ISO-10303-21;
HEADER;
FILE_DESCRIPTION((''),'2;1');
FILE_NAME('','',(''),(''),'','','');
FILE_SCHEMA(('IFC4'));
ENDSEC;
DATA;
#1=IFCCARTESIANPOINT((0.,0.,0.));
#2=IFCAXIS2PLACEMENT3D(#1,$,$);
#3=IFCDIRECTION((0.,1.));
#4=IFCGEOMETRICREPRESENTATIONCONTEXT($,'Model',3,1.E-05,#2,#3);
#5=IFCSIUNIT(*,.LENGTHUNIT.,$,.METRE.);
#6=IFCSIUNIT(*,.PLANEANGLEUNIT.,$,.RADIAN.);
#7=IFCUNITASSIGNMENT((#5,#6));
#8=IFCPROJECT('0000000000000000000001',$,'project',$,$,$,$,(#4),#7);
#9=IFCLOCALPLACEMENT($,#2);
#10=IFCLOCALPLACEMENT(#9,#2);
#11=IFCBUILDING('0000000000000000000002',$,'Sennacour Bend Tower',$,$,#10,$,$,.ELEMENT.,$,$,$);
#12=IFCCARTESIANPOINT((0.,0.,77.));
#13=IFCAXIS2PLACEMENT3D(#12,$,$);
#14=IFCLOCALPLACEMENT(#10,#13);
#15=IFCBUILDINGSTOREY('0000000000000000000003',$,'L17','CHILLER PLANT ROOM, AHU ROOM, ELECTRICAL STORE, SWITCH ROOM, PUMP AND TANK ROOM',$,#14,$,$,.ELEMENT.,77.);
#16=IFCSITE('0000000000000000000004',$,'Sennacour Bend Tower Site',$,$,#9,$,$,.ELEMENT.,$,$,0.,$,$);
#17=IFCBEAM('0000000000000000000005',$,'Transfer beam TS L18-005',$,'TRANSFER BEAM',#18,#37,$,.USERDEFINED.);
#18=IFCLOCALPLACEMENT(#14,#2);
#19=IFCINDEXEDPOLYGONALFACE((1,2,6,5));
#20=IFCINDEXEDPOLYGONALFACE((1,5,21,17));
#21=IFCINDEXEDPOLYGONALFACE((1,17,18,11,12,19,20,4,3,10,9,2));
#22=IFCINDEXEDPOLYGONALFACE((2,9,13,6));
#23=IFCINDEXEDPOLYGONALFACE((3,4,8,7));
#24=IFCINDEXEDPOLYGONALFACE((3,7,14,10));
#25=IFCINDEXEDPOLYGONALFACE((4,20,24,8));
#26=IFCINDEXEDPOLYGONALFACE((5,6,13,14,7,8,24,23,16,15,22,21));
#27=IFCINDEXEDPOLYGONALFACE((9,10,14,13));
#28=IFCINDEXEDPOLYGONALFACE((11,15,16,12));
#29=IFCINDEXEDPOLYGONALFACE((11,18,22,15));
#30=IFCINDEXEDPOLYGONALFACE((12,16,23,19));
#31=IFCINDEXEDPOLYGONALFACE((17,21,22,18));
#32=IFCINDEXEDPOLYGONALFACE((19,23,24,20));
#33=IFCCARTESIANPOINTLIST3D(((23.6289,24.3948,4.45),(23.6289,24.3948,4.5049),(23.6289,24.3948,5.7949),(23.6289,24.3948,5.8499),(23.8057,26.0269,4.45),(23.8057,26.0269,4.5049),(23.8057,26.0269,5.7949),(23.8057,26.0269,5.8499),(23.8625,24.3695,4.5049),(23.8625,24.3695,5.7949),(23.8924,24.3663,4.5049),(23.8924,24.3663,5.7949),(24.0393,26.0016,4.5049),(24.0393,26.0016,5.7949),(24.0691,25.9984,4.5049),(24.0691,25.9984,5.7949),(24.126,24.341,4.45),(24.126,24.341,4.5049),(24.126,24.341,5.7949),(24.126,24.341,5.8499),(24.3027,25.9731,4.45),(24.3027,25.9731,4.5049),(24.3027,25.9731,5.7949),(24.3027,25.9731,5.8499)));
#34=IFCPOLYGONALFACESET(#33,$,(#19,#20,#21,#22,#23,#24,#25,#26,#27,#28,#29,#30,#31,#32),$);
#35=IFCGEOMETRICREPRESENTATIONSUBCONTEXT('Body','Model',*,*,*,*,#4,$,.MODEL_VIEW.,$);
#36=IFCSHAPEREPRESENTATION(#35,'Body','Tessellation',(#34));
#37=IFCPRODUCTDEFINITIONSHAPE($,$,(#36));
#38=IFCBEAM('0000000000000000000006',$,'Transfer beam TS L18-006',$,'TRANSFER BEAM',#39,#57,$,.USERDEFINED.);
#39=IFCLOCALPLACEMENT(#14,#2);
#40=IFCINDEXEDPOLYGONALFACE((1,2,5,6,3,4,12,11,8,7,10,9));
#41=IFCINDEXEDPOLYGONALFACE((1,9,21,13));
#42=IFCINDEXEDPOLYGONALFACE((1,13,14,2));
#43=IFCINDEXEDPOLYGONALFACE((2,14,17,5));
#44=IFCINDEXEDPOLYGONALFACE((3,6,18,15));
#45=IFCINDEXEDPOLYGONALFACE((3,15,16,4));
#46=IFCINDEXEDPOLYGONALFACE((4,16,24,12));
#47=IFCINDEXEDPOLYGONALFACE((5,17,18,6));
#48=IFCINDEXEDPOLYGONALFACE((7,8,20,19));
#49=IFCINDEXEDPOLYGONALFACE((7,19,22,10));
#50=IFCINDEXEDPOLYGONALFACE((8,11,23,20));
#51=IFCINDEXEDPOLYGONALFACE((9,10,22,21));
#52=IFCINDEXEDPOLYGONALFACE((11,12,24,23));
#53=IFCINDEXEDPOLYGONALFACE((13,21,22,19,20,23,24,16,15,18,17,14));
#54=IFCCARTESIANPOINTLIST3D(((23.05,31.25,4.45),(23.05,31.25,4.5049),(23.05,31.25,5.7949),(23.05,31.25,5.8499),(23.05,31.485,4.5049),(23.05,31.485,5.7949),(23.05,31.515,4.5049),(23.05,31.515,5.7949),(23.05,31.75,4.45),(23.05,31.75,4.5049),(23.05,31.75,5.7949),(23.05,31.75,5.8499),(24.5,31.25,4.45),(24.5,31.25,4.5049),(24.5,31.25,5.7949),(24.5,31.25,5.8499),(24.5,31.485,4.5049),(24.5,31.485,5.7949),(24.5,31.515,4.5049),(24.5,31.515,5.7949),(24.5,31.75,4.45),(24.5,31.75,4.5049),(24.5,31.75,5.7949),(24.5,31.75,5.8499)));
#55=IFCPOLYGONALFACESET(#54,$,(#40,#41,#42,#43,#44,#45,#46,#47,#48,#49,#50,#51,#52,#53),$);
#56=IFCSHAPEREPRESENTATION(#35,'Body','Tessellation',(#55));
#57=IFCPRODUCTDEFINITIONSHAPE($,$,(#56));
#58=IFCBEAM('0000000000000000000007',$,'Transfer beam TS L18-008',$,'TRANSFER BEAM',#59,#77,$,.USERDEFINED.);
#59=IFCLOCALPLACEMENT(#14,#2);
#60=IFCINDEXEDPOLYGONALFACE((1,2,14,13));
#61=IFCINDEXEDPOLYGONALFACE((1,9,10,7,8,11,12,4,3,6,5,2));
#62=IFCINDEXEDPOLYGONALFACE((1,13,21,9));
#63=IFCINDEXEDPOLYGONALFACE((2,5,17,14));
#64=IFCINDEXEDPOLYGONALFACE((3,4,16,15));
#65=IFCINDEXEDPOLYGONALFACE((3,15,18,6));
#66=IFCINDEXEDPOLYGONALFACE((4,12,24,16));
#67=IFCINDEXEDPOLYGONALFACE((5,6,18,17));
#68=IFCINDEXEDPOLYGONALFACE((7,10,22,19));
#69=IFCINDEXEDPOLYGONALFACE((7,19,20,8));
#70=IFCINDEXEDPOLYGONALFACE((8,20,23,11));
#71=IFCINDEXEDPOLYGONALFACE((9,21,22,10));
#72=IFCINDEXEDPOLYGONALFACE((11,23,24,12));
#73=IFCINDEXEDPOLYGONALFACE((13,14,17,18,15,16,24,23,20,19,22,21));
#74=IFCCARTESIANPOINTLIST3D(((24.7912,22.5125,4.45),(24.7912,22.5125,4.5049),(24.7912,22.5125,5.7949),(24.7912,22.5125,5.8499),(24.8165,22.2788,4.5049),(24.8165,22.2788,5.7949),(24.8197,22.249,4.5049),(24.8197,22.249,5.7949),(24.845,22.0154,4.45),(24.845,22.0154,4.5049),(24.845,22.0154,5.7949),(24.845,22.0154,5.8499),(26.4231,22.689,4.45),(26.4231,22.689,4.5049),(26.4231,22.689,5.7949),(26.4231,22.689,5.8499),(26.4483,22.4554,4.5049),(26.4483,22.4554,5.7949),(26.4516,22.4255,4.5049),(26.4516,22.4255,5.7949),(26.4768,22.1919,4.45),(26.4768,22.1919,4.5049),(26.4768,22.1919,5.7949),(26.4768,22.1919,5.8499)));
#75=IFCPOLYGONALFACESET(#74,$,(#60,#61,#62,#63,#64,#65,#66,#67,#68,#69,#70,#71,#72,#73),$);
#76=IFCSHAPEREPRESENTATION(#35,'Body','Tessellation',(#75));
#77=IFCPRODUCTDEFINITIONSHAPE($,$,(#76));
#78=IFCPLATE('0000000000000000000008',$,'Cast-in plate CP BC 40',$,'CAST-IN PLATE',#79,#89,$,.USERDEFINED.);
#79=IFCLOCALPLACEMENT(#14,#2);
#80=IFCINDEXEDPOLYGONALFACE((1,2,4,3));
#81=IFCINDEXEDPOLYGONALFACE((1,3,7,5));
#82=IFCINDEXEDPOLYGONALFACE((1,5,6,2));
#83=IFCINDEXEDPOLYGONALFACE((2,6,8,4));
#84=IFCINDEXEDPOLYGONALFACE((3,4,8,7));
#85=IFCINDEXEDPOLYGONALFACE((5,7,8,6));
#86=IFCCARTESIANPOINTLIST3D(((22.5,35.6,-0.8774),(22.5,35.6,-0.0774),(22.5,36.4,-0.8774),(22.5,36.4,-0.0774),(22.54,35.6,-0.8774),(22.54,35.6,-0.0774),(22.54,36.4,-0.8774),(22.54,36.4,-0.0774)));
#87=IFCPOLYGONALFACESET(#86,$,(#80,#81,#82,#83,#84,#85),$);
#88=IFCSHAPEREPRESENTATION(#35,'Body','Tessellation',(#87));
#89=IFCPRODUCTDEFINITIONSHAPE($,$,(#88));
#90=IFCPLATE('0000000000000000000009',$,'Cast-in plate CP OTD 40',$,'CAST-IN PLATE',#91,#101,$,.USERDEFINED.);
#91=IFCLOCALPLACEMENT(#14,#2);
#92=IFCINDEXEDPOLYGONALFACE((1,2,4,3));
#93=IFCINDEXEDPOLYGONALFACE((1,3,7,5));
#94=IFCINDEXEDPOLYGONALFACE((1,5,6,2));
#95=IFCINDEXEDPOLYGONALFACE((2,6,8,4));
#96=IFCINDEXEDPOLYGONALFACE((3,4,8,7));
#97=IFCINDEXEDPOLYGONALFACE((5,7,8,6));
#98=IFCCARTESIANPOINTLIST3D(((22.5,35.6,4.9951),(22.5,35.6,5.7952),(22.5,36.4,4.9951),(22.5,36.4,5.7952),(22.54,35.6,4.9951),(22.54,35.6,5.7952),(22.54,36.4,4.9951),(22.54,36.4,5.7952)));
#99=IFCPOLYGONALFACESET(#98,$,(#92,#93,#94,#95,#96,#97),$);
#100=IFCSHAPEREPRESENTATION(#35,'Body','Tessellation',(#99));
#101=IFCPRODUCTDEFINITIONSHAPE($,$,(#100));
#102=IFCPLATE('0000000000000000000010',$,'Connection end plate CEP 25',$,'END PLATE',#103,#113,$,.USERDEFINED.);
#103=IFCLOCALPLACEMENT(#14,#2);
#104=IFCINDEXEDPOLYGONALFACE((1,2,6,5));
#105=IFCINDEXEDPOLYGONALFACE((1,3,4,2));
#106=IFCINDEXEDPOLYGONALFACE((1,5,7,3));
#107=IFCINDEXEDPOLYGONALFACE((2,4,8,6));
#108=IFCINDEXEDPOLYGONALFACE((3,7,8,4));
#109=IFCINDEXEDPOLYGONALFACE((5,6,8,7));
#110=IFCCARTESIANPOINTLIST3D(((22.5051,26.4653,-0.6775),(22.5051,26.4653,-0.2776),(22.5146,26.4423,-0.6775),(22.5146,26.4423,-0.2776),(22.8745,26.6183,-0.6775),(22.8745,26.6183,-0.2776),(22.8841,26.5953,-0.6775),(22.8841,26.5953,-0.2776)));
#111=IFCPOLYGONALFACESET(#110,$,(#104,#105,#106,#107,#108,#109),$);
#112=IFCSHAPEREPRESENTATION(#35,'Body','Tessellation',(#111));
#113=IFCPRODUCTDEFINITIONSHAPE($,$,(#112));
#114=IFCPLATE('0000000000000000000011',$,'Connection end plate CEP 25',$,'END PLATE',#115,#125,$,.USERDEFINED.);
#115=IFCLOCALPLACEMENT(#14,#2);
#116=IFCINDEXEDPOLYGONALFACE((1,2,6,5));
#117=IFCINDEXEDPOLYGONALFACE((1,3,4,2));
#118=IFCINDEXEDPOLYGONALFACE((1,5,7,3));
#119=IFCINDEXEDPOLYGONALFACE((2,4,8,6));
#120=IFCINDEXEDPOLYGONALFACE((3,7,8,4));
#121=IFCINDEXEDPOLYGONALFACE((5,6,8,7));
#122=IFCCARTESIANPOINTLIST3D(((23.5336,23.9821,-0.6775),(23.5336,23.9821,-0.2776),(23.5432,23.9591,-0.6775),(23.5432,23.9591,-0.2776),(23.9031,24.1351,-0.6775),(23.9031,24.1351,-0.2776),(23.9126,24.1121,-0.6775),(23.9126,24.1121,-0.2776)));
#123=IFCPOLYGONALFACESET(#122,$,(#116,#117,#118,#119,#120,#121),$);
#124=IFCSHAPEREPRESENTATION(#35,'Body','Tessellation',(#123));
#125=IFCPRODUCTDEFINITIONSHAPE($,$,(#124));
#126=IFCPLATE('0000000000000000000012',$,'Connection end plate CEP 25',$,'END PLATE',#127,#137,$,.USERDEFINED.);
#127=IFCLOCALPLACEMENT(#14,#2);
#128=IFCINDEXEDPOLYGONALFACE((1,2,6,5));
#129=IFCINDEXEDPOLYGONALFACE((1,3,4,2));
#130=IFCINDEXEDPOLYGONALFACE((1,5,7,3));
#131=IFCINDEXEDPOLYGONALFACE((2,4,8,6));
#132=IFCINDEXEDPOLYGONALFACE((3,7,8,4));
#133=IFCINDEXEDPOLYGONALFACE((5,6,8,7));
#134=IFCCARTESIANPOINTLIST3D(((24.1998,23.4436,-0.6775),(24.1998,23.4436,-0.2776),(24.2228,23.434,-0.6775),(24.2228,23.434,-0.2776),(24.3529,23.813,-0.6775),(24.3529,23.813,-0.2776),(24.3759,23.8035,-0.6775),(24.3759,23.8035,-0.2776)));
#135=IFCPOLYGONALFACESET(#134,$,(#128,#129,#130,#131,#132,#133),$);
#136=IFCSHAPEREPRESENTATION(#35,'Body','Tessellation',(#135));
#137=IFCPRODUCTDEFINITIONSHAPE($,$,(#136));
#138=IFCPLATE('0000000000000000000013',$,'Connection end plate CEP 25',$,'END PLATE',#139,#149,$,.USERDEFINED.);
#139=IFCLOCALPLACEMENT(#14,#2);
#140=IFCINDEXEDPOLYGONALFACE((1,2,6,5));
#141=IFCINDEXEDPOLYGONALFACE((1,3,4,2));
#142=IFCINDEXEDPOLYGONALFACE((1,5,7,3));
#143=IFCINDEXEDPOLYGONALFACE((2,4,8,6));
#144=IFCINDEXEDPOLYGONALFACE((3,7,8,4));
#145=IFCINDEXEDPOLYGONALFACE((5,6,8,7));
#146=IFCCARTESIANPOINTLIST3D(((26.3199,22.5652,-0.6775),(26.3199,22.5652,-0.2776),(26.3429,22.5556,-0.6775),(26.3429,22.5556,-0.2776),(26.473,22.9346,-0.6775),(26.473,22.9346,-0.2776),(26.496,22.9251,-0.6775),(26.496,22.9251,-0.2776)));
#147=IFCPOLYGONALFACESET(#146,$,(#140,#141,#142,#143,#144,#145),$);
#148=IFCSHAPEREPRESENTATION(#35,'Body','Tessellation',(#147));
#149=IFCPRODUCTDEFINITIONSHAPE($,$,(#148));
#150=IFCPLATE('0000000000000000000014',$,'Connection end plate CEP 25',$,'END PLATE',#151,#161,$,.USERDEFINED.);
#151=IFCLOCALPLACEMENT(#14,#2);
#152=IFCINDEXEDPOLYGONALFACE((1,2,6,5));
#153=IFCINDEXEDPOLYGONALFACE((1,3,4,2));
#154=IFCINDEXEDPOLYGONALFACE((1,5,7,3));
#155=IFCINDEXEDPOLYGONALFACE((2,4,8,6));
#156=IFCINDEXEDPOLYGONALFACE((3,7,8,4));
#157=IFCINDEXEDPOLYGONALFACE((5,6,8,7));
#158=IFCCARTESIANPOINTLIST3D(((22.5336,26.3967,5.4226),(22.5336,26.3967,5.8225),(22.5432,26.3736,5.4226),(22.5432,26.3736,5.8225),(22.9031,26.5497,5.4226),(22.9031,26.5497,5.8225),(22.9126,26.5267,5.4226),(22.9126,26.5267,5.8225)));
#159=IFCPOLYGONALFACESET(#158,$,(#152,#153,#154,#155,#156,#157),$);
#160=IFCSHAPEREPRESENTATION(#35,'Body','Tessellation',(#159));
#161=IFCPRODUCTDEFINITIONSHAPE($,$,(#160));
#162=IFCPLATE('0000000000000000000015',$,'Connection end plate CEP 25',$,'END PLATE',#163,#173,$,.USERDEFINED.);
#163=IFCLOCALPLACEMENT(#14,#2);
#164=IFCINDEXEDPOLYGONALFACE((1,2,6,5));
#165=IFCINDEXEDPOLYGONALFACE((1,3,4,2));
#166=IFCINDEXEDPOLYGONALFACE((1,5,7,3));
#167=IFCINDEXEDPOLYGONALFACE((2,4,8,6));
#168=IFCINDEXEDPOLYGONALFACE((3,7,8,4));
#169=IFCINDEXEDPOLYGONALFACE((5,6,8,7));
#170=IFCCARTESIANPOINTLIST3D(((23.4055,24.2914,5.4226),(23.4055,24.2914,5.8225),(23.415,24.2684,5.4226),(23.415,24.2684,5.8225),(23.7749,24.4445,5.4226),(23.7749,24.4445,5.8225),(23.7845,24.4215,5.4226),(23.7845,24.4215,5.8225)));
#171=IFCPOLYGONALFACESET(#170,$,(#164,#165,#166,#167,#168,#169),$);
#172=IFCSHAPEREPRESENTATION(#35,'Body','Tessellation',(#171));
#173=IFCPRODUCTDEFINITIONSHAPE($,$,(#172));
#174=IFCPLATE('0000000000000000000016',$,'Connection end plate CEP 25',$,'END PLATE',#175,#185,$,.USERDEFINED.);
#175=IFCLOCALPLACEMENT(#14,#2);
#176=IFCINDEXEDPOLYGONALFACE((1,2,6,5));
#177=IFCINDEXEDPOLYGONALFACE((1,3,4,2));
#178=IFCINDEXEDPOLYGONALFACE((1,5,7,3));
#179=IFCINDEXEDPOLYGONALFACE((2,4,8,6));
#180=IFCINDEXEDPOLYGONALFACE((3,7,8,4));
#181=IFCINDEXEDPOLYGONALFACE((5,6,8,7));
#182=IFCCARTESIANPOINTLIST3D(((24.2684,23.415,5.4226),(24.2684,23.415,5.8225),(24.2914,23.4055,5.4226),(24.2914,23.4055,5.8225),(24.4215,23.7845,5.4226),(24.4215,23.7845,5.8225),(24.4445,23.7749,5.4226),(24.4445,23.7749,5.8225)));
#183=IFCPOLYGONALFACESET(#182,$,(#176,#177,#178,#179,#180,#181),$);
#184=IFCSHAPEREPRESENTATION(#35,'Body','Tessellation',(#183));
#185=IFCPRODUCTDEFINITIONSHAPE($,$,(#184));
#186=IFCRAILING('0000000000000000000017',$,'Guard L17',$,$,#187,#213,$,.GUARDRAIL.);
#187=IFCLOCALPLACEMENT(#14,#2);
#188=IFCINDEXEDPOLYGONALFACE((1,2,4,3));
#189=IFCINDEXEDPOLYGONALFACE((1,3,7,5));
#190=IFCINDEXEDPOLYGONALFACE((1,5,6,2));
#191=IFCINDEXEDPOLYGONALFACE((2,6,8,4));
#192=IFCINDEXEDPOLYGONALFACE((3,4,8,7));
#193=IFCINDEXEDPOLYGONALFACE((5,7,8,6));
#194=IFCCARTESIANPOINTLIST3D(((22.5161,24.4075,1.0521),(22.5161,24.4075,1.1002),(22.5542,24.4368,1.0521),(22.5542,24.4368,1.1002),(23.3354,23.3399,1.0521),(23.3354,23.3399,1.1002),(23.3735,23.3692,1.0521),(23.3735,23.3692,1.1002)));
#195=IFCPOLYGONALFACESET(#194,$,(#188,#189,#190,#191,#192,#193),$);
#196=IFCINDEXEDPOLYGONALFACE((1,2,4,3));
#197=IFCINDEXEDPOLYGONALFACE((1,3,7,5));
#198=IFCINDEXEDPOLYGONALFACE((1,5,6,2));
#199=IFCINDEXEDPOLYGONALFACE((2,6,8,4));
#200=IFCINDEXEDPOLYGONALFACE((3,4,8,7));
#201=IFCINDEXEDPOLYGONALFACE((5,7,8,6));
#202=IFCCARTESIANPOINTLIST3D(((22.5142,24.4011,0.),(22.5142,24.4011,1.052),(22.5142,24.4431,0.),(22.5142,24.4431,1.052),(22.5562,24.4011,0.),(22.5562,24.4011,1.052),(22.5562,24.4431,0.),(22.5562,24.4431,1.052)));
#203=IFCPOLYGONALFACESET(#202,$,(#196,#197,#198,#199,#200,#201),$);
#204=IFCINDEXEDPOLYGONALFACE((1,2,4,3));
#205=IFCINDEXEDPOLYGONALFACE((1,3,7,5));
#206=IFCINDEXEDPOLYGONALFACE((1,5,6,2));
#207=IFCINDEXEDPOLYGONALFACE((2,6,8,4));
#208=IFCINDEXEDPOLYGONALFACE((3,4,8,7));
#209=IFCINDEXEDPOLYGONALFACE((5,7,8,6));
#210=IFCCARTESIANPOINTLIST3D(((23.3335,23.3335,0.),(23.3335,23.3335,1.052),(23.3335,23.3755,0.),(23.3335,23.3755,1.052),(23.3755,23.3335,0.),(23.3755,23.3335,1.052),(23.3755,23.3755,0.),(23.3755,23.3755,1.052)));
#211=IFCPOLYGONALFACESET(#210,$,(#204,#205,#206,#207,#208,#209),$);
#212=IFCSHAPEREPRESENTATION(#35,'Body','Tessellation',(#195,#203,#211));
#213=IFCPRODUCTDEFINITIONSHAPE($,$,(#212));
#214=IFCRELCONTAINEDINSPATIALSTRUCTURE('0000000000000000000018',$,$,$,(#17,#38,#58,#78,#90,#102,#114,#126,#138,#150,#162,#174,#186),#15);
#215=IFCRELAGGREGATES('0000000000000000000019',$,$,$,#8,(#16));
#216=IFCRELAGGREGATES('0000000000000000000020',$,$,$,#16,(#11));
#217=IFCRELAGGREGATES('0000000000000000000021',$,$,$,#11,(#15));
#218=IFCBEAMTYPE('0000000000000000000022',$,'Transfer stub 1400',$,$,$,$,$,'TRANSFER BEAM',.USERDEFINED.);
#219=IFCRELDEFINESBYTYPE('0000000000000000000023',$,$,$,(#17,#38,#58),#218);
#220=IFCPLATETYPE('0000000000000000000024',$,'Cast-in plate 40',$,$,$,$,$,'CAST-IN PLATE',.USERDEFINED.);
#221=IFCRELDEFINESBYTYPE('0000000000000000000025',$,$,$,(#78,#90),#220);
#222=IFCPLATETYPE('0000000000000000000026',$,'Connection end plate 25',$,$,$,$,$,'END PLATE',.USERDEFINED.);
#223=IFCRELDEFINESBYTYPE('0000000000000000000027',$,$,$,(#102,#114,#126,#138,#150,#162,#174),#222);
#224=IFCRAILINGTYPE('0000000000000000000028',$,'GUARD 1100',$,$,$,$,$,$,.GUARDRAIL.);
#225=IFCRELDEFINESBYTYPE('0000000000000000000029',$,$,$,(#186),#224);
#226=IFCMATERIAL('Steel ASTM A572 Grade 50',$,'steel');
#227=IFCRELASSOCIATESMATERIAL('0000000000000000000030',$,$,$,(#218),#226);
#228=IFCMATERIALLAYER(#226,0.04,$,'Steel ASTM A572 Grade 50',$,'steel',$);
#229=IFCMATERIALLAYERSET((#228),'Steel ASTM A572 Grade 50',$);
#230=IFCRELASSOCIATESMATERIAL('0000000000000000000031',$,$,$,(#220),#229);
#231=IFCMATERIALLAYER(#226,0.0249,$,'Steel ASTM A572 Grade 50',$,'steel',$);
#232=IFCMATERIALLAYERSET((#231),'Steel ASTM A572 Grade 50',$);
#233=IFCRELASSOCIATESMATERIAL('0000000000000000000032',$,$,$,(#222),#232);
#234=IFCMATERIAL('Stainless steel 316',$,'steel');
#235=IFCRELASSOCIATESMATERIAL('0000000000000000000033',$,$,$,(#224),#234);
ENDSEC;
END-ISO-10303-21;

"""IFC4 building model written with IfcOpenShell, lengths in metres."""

from ifc_helpers import new_model, si_unit, direction, frame, origin, origin_2d, place, context, subcontext, project, spatial, rectangle, i_section, extrude, material, layer, layer_set, material_profile, profile_set, type_object, element, save


model = new_model("IFC4")

# Units and contexts
model_context = context("Model", 3, precision=1e-05, world=origin(), true_north=direction((0.0, 1.0)))
body_context = subcontext(model_context, "Body", "Model", "MODEL_VIEW")
ifc_project = project(units=[si_unit("LENGTHUNIT", "METRE"), si_unit("PLANEANGLEUNIT", "RADIAN")], contexts=[model_context])

# Site, building, storey
site_placement = place(None, origin())
site = spatial("IfcSite", under=ifc_project, at=site_placement, Name="Sennacour Bend Tower Site", CompositionType="ELEMENT", RefElevation=0.0)
building_placement = place(site_placement, origin())
building = spatial("IfcBuilding", under=site, at=building_placement, Name="Sennacour Bend Tower", CompositionType="ELEMENT")
storey_placement = place(building_placement, frame((0.0, 0.0, 77.0)))
storey = spatial("IfcBuildingStorey", under=building, at=storey_placement, Name="L17", Description="CHILLER PLANT ROOM, AHU ROOM, ELECTRICAL STORE, SWITCH ROOM, PUMP AND TANK ROOM", CompositionType="ELEMENT", Elevation=77.0)

# Shared definitions
ifc_material_1 = material(Name="Steel ASTM A572 Grade 50", Category="steel")

# Beams
ifc_material_profile_1 = material_profile(ifc_material_1, i_section(OverallWidth=0.5, OverallDepth=1.3999, WebThickness=0.03, FlangeThickness=0.0549, at=origin_2d()), Name="Steel ASTM A572 Grade 50", Category="steel")
ifc_profile_set_1 = profile_set([ifc_material_profile_1], Name="Steel ASTM A572 Grade 50")
beam_type_1 = type_object("IfcBeamType", Name="Transfer stub 1400", ElementType="TRANSFER BEAM", PredefinedType="USERDEFINED", material=ifc_profile_set_1)
beam_1_placement = place(storey_placement, frame((23.8774, 24.3679, 5.1499), z_axis=(0.107673, 0.994186, 0.0), x_axis=(-0.994186, 0.107673, 0.0)))
element("IfcBeam", 1, at=beam_1_placement, inside=storey, type_object=beam_type_1, Name="Transfer beam TS L18-005", ObjectType="TRANSFER BEAM", PredefinedType="USERDEFINED", context=body_context, shape_type="SweptSolid", body=[
    extrude(i_section(OverallWidth=0.5, OverallDepth=1.3999, WebThickness=0.03, FlangeThickness=0.0549, at=origin_2d()), origin(), (0.0, 0.0, 1.0), 1.6416),
])
beam_2_placement = place(storey_placement, frame((23.05, 31.5, 5.1499), z_axis=(1.0, 0.0, 0.0), x_axis=(0.0, 1.0, 0.0)))
element("IfcBeam", 2, at=beam_2_placement, inside=storey, type_object=beam_type_1, Name="Transfer beam TS L18-006", ObjectType="TRANSFER BEAM", PredefinedType="USERDEFINED", context=body_context, shape_type="SweptSolid", body=[
    extrude(i_section(OverallWidth=0.5, OverallDepth=1.3999, WebThickness=0.03, FlangeThickness=0.0549, at=origin_2d()), origin(), (0.0, 0.0, 1.0), 1.45),
])
beam_3_placement = place(storey_placement, frame((26.45, 22.4404, 5.1499), z_axis=(-0.994201, -0.107541, 0.0), x_axis=(0.107541, -0.994201, 0.0)))
element("IfcBeam", 3, at=beam_3_placement, inside=storey, type_object=beam_type_1, Name="Transfer beam TS L18-008", ObjectType="TRANSFER BEAM", PredefinedType="USERDEFINED", context=body_context, shape_type="SweptSolid", body=[
    extrude(i_section(OverallWidth=0.5, OverallDepth=1.3999, WebThickness=0.03, FlangeThickness=0.0549, at=origin_2d()), origin(), (0.0, 0.0, 1.0), 1.6414),
])

# Plates
ifc_layer_1 = layer(ifc_material_1, 0.04, Name="Steel ASTM A572 Grade 50", Category="steel")
ifc_layer_set_1 = layer_set([ifc_layer_1], Name="Steel ASTM A572 Grade 50")
plate_type_1 = type_object("IfcPlateType", Name="Cast-in plate 40", ElementType="CAST-IN PLATE", PredefinedType="USERDEFINED", material=ifc_layer_set_1)
for number, where, z_axis, x_axis, name in (
    (4, (22.52, 36.0, -0.8774), (0.0, 0.0, 1.0), (1.0, 0.0, 0.0), "Cast-in plate CP BC 40"),
    (5, (22.52, 36.0, 4.9951), (0.0, 0.0, 1.0), (1.0, 0.0, 0.0), "Cast-in plate CP OTD 40"),
):
    element("IfcPlate", number, at=place(storey_placement, frame(where, z_axis=z_axis, x_axis=x_axis)), inside=storey, type_object=plate_type_1, Name=name, ObjectType="CAST-IN PLATE", PredefinedType="USERDEFINED", context=body_context, shape_type="SweptSolid", body=[
        extrude(rectangle(XDim=0.04, YDim=0.8, at=origin_2d()), origin(), (0.0, 0.0, 1.0), 0.8),
    ])
ifc_layer_2 = layer(ifc_material_1, 0.0249, Name="Steel ASTM A572 Grade 50", Category="steel")
ifc_layer_set_2 = layer_set([ifc_layer_2], Name="Steel ASTM A572 Grade 50")
plate_type_2 = type_object("IfcPlateType", Name="Connection end plate 25", ElementType="END PLATE", PredefinedType="USERDEFINED", material=ifc_layer_set_2)
for number, where, z_axis, x_axis, name in (
    (6, (22.6946, 26.5303, -0.6775), (0.0, 0.0, 1.0), (-0.382683, 0.92388, 0.0), "Connection end plate CEP 25"),
    (7, (23.7231, 24.0471, -0.6775), (0.0, 0.0, 1.0), (0.382683, -0.92388, 0.0), "Connection end plate CEP 25"),
    (8, (24.2878, 23.6235, -0.6775), (0.0, 0.0, 1.0), (-0.92388, 0.382683, 0.0), "Connection end plate CEP 25"),
    (9, (26.408, 22.7451, -0.6775), (0.0, 0.0, 1.0), (0.92388, -0.382683, 0.0), "Connection end plate CEP 25"),
    (10, (22.7231, 26.4617, 5.4226), (0.0, 0.0, 1.0), (-0.382683, 0.92388, 0.0), "Connection end plate CEP 25"),
    (11, (23.595, 24.3564, 5.4226), (0.0, 0.0, 1.0), (0.382683, -0.92388, 0.0), "Connection end plate CEP 25"),
    (12, (24.3564, 23.595, 5.4226), (0.0, 0.0, 1.0), (-0.92388, 0.382683, 0.0), "Connection end plate CEP 25"),
):
    element("IfcPlate", number, at=place(storey_placement, frame(where, z_axis=z_axis, x_axis=x_axis)), inside=storey, type_object=plate_type_2, Name=name, ObjectType="END PLATE", PredefinedType="USERDEFINED", context=body_context, shape_type="SweptSolid", body=[
        extrude(rectangle(XDim=0.0249, YDim=0.3999, at=origin_2d()), origin(), (0.0, 0.0, 1.0), 0.3999),
    ])

# Railing
ifc_material_2 = material(Name="Stainless steel 316", Category="steel")
railing_type = type_object("IfcRailingType", Name="GUARD 1100", PredefinedType="GUARDRAIL", material=ifc_material_2)
railing_1_placement = place(storey_placement, frame((22.5352, 24.4221, 0.0)))
element("IfcRailing", 13, at=railing_1_placement, inside=storey, type_object=railing_type, Name="Guard L17", PredefinedType="GUARDRAIL", context=body_context, shape_type="SweptSolid", body=[
    extrude(rectangle(XDim=0.0481, YDim=0.0481, at=origin_2d()), frame((0.0, 0.0, 1.0762), z_axis=(0.608816, -0.793311, 0.0), x_axis=(0.793311, 0.608816, 0.0)), (0.0, 0.0, 1.0), 1.3457),
    extrude(rectangle(XDim=0.042, YDim=0.042, at=origin_2d()), origin(), (0.0, 0.0, 1.0), 1.052),
    extrude(rectangle(XDim=0.042, YDim=0.042, at=origin_2d()), frame((0.8193, -1.0676, 0.0)), (0.0, 0.0, 1.0), 1.052),
])

save(model, "model.ifc")
